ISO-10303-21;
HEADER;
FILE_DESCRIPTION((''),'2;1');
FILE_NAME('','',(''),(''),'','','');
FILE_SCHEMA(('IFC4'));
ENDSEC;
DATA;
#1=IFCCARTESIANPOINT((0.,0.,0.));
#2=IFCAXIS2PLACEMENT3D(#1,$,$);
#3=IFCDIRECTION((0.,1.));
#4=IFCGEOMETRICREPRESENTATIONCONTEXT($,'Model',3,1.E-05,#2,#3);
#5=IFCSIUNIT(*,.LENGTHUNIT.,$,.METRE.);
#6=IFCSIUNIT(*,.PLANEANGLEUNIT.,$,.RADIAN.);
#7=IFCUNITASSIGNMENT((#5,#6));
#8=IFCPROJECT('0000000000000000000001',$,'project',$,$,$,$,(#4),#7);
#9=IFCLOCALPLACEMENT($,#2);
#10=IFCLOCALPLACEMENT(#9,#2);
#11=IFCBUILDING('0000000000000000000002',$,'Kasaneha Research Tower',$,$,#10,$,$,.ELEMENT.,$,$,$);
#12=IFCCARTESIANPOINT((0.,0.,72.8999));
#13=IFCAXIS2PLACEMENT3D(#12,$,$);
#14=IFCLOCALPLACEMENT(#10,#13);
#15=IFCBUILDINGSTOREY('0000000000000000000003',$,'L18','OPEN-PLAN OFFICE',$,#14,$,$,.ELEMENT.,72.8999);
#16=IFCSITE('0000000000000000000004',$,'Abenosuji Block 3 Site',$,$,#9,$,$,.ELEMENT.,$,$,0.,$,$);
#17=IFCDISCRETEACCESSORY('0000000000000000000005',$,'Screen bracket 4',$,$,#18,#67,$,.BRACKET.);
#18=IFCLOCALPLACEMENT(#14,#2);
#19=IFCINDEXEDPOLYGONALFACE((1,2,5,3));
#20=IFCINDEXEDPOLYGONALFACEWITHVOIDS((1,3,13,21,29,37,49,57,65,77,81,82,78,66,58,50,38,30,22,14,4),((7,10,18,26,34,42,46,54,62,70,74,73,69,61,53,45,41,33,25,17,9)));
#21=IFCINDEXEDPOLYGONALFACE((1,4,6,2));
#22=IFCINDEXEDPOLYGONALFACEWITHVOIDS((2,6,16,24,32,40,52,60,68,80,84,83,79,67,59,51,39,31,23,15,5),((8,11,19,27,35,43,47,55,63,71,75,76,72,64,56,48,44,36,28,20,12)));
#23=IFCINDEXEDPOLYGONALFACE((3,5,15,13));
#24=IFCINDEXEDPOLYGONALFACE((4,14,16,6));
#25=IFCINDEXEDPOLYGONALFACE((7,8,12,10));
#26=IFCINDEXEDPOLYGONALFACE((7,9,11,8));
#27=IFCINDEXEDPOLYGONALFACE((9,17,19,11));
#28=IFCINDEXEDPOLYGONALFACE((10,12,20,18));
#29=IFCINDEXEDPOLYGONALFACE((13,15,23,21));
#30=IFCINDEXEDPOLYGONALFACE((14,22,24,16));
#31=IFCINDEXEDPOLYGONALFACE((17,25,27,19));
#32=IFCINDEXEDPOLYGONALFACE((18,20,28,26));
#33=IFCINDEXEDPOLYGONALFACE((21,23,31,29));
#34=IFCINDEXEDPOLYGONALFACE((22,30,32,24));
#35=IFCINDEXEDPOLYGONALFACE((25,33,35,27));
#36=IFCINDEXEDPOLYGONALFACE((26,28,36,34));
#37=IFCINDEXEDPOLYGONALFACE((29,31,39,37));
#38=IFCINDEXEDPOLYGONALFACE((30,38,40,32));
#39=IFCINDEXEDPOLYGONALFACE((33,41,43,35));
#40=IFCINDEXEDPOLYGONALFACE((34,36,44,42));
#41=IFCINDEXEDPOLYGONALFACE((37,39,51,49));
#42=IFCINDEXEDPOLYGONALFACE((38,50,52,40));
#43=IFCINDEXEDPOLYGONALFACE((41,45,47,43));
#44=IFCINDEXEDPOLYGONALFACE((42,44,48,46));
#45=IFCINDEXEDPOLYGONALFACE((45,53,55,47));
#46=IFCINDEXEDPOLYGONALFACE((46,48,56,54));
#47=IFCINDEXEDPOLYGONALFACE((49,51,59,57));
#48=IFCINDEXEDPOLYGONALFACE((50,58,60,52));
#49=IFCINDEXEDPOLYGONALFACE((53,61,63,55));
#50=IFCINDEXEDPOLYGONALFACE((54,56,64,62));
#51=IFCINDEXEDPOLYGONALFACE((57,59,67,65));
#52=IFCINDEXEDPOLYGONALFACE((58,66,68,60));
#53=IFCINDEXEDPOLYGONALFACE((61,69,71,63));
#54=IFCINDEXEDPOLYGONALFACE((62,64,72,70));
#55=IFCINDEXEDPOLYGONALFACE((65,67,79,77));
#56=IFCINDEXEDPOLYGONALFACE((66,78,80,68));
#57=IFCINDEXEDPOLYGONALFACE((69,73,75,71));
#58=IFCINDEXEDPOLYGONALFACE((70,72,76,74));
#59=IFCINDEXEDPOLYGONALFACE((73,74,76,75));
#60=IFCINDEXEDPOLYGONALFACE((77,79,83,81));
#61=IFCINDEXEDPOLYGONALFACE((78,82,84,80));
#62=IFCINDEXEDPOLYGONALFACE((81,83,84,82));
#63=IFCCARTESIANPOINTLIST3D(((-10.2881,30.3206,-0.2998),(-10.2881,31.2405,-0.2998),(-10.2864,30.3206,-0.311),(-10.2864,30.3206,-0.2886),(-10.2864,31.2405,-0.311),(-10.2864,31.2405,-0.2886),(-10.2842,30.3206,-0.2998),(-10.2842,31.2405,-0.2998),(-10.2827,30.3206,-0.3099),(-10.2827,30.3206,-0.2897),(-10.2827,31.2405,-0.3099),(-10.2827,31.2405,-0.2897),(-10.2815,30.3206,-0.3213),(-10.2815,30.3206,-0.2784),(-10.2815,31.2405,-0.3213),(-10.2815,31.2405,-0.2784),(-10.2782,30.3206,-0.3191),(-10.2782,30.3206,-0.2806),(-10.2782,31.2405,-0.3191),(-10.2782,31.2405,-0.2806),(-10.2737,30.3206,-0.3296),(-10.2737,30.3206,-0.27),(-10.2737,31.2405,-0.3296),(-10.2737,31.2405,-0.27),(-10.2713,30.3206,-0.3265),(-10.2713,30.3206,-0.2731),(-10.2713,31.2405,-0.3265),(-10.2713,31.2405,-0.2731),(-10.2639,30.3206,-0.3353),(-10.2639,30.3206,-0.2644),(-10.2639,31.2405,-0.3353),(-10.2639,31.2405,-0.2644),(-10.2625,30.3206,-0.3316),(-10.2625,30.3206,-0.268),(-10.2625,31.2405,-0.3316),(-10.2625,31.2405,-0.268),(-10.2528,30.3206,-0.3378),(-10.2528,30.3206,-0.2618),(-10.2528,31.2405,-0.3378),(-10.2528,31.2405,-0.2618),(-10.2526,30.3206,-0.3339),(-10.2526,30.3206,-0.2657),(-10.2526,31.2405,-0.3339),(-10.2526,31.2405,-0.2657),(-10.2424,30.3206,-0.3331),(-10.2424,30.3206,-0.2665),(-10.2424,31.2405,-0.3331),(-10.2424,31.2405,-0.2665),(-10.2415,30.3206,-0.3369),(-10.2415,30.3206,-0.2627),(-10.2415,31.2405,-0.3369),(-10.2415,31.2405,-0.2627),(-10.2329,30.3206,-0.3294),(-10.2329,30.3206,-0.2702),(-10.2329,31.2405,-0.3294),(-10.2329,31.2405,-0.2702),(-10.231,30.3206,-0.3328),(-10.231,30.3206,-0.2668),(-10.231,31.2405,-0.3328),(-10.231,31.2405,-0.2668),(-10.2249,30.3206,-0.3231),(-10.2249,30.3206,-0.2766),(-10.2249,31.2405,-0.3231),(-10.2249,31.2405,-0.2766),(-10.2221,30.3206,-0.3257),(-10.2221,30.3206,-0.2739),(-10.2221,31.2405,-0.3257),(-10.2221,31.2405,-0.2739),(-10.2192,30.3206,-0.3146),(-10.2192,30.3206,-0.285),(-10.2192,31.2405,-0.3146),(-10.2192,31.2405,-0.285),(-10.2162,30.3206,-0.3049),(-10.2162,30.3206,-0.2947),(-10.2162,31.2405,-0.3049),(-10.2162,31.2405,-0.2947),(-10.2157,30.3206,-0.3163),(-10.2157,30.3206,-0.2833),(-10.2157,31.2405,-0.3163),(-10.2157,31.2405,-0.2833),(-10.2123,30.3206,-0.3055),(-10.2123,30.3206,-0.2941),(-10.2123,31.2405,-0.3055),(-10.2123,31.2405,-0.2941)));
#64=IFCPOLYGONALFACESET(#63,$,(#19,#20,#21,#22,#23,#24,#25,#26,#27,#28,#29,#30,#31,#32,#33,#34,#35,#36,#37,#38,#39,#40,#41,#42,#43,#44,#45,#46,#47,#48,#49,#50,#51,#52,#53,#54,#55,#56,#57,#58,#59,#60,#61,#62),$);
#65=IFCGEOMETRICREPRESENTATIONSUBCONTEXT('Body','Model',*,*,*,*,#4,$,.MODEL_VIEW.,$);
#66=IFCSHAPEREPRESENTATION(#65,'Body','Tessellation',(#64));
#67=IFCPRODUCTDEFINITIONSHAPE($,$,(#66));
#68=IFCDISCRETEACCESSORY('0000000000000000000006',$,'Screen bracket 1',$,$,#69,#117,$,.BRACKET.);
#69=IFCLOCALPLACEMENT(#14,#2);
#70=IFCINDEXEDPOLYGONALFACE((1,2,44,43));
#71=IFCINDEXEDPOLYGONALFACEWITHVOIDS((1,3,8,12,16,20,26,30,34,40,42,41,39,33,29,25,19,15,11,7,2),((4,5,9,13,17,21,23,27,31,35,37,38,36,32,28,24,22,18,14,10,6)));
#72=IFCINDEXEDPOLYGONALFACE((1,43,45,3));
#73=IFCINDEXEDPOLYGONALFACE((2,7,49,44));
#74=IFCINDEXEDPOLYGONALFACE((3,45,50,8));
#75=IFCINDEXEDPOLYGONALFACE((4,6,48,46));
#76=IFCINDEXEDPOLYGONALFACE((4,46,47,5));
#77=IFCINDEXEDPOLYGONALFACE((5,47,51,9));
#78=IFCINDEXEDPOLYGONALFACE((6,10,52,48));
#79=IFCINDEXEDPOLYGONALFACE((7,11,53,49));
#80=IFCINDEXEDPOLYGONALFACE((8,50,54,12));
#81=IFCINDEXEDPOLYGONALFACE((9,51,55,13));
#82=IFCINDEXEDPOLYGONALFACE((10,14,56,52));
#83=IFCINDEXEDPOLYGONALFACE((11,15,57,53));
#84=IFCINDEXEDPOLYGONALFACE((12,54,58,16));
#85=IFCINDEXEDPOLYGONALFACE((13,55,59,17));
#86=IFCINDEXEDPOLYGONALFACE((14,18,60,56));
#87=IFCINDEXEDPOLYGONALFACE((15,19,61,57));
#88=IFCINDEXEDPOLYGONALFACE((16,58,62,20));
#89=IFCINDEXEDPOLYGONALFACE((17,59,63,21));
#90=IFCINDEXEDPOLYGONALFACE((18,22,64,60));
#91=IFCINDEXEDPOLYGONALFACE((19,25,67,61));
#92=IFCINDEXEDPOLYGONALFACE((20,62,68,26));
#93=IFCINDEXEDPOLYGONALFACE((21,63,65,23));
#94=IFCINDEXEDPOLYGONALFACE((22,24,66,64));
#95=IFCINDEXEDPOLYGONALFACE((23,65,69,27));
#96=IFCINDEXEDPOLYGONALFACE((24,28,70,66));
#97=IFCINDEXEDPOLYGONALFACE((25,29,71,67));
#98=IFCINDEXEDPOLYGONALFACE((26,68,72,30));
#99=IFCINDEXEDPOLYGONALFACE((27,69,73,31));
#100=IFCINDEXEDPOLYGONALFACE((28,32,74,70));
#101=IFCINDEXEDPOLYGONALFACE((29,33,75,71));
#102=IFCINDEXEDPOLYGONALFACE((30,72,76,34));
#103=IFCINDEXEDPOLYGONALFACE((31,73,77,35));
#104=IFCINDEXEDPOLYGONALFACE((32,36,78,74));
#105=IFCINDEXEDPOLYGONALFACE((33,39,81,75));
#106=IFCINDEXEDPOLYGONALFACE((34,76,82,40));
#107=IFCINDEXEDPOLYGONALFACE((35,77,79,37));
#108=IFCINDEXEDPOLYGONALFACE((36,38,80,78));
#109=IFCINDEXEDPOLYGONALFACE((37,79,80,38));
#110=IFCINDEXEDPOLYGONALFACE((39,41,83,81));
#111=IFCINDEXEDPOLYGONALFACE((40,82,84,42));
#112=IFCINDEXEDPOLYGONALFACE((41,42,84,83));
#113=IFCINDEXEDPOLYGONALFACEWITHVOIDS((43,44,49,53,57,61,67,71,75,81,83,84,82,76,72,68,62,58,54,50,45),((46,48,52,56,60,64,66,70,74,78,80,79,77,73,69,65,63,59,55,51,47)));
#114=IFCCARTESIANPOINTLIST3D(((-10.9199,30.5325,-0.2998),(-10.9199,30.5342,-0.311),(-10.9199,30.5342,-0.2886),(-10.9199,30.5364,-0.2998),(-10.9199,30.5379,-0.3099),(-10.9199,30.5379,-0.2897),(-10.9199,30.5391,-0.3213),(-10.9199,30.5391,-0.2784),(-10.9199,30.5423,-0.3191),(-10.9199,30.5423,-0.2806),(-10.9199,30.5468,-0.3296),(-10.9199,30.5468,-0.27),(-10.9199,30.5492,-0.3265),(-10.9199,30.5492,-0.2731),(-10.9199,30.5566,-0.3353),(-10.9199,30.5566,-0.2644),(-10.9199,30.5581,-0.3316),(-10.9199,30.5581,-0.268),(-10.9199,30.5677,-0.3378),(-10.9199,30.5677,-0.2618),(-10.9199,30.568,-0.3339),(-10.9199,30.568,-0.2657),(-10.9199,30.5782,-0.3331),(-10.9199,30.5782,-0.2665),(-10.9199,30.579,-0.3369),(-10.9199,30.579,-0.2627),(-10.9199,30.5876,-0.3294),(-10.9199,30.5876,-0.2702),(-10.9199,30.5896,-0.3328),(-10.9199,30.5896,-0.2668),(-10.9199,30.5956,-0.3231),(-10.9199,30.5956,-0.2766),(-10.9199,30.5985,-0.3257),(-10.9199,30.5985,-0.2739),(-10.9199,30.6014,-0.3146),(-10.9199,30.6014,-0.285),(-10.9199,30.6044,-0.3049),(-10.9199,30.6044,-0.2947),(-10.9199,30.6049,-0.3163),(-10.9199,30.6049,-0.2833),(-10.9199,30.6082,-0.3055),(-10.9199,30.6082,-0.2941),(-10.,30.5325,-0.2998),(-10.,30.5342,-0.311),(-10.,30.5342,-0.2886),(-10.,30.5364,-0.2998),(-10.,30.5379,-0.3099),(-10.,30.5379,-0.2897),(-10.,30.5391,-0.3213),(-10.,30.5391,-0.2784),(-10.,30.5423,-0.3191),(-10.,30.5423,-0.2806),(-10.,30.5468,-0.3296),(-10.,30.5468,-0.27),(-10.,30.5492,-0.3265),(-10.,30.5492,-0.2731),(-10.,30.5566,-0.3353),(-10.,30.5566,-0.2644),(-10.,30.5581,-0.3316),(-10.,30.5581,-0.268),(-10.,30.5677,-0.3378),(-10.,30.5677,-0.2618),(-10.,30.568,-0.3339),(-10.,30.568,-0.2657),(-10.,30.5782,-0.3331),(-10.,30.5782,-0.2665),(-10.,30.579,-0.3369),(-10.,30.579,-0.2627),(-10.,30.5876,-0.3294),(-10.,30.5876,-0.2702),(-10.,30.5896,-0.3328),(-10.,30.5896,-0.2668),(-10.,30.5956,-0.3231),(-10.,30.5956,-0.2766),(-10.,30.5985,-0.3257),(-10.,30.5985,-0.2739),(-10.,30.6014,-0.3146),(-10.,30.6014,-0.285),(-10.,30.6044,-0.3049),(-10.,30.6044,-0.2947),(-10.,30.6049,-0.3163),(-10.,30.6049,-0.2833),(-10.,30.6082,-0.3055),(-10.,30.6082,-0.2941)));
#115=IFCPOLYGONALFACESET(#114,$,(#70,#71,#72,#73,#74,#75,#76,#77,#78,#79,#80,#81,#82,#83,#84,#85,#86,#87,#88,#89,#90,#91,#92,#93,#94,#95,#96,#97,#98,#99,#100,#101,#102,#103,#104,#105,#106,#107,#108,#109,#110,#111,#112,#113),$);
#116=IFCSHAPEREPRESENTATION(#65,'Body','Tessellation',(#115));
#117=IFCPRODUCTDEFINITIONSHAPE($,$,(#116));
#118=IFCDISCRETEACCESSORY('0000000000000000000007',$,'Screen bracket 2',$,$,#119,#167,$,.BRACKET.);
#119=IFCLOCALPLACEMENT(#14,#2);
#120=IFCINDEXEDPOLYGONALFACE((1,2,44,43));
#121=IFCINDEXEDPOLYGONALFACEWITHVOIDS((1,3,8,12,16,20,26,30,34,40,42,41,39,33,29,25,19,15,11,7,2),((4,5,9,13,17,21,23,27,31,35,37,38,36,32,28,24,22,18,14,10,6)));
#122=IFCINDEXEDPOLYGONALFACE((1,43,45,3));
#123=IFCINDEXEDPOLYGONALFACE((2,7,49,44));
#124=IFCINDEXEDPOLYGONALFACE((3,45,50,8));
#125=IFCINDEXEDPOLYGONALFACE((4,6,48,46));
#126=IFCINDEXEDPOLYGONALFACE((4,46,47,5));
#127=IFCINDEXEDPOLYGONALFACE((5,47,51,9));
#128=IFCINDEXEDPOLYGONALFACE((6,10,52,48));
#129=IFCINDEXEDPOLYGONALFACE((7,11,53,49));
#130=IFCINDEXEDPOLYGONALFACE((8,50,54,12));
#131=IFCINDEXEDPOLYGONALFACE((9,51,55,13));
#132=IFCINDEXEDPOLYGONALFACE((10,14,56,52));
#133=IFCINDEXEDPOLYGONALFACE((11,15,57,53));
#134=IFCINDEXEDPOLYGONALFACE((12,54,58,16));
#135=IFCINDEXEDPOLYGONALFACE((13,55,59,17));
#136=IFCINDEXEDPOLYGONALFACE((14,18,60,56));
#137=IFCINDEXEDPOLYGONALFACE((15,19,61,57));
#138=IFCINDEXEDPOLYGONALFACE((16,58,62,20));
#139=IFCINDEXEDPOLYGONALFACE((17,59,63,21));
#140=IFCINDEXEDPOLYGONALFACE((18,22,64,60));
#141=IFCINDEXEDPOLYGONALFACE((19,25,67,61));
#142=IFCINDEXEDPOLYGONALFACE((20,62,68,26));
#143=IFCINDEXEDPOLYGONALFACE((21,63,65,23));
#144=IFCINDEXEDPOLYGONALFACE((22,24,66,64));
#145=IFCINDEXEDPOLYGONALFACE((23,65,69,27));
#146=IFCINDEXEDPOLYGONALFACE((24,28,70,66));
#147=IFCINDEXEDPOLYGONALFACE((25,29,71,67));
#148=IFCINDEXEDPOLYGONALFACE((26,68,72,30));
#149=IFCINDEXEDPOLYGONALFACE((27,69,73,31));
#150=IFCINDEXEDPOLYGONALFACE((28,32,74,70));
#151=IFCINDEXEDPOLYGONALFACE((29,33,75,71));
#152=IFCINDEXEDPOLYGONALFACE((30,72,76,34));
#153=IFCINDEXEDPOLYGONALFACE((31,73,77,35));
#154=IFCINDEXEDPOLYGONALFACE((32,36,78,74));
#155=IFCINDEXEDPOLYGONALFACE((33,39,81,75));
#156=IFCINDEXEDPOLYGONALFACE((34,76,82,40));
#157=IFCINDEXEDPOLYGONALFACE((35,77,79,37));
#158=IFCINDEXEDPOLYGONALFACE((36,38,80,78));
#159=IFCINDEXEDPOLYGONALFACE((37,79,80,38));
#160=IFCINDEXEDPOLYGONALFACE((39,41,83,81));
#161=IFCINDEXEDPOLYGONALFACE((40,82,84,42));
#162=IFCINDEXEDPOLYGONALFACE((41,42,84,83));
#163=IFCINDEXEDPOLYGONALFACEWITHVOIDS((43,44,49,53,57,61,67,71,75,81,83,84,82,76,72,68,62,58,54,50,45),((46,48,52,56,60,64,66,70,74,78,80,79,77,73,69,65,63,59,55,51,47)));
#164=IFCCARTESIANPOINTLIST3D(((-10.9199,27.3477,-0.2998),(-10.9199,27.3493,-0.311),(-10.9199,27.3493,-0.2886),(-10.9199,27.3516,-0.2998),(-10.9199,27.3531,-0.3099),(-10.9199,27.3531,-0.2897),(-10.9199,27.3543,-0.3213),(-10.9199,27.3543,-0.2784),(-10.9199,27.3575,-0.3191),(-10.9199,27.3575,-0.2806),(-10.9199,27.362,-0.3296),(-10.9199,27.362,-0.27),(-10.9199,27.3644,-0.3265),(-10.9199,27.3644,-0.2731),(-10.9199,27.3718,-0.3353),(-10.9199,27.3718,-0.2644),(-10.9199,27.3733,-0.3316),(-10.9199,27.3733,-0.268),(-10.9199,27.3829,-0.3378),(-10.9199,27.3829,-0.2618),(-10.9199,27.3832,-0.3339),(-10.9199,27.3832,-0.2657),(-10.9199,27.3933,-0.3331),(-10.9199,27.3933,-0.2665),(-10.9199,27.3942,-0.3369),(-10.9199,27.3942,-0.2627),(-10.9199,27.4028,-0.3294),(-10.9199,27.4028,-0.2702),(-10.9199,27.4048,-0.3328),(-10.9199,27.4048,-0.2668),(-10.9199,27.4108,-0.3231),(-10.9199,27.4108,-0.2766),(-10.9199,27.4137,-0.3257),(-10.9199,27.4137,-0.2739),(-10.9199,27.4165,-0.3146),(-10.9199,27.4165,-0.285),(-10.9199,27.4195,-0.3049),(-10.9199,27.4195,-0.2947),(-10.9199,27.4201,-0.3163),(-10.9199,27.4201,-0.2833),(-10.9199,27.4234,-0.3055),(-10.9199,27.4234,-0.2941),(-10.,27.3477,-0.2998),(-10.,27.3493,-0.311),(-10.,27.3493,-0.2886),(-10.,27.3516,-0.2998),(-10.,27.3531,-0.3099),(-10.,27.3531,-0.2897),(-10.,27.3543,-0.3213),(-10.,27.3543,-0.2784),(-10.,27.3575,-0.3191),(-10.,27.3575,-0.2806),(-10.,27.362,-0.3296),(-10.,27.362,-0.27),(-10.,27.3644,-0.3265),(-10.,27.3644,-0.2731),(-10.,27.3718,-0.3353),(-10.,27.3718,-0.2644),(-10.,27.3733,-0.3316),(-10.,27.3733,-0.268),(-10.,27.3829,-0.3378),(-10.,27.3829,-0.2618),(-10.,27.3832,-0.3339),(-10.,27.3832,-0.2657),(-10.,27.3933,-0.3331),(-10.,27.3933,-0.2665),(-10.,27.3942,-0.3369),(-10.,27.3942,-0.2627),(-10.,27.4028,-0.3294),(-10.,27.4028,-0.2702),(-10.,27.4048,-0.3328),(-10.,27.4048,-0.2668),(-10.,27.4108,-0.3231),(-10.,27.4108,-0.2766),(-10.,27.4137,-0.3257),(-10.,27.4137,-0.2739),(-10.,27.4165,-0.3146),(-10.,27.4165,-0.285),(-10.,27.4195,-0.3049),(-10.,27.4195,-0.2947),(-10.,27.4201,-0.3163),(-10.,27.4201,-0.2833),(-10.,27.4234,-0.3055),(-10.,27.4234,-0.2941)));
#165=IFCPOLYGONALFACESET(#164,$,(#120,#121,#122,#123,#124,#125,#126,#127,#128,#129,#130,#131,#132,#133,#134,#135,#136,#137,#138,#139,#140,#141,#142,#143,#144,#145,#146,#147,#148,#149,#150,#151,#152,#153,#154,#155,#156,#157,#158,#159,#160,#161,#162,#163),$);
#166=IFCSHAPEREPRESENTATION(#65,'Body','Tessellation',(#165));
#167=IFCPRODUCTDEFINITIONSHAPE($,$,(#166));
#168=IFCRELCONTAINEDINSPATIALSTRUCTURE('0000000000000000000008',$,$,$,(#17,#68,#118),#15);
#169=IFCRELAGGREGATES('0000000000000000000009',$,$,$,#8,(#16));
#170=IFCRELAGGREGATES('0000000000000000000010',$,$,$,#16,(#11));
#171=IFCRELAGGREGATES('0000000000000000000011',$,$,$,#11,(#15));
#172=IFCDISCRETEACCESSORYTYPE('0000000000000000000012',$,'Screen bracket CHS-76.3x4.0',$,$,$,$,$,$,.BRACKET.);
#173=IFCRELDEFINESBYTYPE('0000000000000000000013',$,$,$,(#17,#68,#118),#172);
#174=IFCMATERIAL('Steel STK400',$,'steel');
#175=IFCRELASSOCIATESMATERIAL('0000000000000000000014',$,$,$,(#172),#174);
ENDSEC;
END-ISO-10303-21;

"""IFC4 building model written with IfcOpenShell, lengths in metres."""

from ifc_helpers import new_model, si_unit, direction, frame, origin, origin_2d, place, context, subcontext, project, spatial, hollow_circle, extrude, material, material_profile, profile_set, type_object, element, save


model = new_model("IFC4")

# Units and contexts
model_context = context("Model", 3, precision=1e-05, world=origin(), true_north=direction((0.0, 1.0)))
body_context = subcontext(model_context, "Body", "Model", "MODEL_VIEW")
ifc_project = project(units=[si_unit("LENGTHUNIT", "METRE"), si_unit("PLANEANGLEUNIT", "RADIAN")], contexts=[model_context])

# Site, building, storey
site_placement = place(None, origin())
site = spatial("IfcSite", under=ifc_project, at=site_placement, Name="Abenosuji Block 3 Site", CompositionType="ELEMENT", RefElevation=0.0)
building_placement = place(site_placement, origin())
building = spatial("IfcBuilding", under=site, at=building_placement, Name="Kasaneha Research Tower", CompositionType="ELEMENT")
storey_placement = place(building_placement, frame((0.0, 0.0, 72.8999)))
storey = spatial("IfcBuildingStorey", under=building, at=storey_placement, Name="L18", Description="OPEN-PLAN OFFICE", CompositionType="ELEMENT", Elevation=72.8999)

# Discrete accessories
ifc_material_1 = material(Name="Steel STK400", Category="steel")
ifc_material_profile_1 = material_profile(ifc_material_1, hollow_circle(Radius=0.0381, WallThickness=0.0039, at=origin_2d()), Name="CHS-76.3x4.0")
ifc_profile_set_1 = profile_set([ifc_material_profile_1], Name="Steel STK400")
discrete_accessory_type = type_object("IfcDiscreteAccessoryType", Name="Screen bracket CHS-76.3x4.0", PredefinedType="BRACKET", material=ifc_profile_set_1)
for number, where, z_axis, x_axis, name in (
    (1, (-10.25, 30.3206, -0.2998), (0.0, 1.0, 0.0), (-1.0, 0.0, 0.0), "Screen bracket 4"),
    (2, (-10.0, 30.5706, -0.2998), (-1.0, 0.0, 0.0), (0.0, -1.0, 0.0), "Screen bracket 1"),
    (3, (-10.0, 27.3857, -0.2998), (-1.0, 0.0, 0.0), (0.0, -1.0, 0.0), "Screen bracket 2"),
):
    element("IfcDiscreteAccessory", number, at=place(storey_placement, frame(where, z_axis=z_axis, x_axis=x_axis)), inside=storey, type_object=discrete_accessory_type, Name=name, PredefinedType="BRACKET", context=body_context, shape_type="SweptSolid", body=[
        extrude(hollow_circle(Radius=0.0381, WallThickness=0.0039, at=origin_2d()), origin(), (0.0, 0.0, 1.0), 0.9199),
    ])

save(model, "model.ifc")
